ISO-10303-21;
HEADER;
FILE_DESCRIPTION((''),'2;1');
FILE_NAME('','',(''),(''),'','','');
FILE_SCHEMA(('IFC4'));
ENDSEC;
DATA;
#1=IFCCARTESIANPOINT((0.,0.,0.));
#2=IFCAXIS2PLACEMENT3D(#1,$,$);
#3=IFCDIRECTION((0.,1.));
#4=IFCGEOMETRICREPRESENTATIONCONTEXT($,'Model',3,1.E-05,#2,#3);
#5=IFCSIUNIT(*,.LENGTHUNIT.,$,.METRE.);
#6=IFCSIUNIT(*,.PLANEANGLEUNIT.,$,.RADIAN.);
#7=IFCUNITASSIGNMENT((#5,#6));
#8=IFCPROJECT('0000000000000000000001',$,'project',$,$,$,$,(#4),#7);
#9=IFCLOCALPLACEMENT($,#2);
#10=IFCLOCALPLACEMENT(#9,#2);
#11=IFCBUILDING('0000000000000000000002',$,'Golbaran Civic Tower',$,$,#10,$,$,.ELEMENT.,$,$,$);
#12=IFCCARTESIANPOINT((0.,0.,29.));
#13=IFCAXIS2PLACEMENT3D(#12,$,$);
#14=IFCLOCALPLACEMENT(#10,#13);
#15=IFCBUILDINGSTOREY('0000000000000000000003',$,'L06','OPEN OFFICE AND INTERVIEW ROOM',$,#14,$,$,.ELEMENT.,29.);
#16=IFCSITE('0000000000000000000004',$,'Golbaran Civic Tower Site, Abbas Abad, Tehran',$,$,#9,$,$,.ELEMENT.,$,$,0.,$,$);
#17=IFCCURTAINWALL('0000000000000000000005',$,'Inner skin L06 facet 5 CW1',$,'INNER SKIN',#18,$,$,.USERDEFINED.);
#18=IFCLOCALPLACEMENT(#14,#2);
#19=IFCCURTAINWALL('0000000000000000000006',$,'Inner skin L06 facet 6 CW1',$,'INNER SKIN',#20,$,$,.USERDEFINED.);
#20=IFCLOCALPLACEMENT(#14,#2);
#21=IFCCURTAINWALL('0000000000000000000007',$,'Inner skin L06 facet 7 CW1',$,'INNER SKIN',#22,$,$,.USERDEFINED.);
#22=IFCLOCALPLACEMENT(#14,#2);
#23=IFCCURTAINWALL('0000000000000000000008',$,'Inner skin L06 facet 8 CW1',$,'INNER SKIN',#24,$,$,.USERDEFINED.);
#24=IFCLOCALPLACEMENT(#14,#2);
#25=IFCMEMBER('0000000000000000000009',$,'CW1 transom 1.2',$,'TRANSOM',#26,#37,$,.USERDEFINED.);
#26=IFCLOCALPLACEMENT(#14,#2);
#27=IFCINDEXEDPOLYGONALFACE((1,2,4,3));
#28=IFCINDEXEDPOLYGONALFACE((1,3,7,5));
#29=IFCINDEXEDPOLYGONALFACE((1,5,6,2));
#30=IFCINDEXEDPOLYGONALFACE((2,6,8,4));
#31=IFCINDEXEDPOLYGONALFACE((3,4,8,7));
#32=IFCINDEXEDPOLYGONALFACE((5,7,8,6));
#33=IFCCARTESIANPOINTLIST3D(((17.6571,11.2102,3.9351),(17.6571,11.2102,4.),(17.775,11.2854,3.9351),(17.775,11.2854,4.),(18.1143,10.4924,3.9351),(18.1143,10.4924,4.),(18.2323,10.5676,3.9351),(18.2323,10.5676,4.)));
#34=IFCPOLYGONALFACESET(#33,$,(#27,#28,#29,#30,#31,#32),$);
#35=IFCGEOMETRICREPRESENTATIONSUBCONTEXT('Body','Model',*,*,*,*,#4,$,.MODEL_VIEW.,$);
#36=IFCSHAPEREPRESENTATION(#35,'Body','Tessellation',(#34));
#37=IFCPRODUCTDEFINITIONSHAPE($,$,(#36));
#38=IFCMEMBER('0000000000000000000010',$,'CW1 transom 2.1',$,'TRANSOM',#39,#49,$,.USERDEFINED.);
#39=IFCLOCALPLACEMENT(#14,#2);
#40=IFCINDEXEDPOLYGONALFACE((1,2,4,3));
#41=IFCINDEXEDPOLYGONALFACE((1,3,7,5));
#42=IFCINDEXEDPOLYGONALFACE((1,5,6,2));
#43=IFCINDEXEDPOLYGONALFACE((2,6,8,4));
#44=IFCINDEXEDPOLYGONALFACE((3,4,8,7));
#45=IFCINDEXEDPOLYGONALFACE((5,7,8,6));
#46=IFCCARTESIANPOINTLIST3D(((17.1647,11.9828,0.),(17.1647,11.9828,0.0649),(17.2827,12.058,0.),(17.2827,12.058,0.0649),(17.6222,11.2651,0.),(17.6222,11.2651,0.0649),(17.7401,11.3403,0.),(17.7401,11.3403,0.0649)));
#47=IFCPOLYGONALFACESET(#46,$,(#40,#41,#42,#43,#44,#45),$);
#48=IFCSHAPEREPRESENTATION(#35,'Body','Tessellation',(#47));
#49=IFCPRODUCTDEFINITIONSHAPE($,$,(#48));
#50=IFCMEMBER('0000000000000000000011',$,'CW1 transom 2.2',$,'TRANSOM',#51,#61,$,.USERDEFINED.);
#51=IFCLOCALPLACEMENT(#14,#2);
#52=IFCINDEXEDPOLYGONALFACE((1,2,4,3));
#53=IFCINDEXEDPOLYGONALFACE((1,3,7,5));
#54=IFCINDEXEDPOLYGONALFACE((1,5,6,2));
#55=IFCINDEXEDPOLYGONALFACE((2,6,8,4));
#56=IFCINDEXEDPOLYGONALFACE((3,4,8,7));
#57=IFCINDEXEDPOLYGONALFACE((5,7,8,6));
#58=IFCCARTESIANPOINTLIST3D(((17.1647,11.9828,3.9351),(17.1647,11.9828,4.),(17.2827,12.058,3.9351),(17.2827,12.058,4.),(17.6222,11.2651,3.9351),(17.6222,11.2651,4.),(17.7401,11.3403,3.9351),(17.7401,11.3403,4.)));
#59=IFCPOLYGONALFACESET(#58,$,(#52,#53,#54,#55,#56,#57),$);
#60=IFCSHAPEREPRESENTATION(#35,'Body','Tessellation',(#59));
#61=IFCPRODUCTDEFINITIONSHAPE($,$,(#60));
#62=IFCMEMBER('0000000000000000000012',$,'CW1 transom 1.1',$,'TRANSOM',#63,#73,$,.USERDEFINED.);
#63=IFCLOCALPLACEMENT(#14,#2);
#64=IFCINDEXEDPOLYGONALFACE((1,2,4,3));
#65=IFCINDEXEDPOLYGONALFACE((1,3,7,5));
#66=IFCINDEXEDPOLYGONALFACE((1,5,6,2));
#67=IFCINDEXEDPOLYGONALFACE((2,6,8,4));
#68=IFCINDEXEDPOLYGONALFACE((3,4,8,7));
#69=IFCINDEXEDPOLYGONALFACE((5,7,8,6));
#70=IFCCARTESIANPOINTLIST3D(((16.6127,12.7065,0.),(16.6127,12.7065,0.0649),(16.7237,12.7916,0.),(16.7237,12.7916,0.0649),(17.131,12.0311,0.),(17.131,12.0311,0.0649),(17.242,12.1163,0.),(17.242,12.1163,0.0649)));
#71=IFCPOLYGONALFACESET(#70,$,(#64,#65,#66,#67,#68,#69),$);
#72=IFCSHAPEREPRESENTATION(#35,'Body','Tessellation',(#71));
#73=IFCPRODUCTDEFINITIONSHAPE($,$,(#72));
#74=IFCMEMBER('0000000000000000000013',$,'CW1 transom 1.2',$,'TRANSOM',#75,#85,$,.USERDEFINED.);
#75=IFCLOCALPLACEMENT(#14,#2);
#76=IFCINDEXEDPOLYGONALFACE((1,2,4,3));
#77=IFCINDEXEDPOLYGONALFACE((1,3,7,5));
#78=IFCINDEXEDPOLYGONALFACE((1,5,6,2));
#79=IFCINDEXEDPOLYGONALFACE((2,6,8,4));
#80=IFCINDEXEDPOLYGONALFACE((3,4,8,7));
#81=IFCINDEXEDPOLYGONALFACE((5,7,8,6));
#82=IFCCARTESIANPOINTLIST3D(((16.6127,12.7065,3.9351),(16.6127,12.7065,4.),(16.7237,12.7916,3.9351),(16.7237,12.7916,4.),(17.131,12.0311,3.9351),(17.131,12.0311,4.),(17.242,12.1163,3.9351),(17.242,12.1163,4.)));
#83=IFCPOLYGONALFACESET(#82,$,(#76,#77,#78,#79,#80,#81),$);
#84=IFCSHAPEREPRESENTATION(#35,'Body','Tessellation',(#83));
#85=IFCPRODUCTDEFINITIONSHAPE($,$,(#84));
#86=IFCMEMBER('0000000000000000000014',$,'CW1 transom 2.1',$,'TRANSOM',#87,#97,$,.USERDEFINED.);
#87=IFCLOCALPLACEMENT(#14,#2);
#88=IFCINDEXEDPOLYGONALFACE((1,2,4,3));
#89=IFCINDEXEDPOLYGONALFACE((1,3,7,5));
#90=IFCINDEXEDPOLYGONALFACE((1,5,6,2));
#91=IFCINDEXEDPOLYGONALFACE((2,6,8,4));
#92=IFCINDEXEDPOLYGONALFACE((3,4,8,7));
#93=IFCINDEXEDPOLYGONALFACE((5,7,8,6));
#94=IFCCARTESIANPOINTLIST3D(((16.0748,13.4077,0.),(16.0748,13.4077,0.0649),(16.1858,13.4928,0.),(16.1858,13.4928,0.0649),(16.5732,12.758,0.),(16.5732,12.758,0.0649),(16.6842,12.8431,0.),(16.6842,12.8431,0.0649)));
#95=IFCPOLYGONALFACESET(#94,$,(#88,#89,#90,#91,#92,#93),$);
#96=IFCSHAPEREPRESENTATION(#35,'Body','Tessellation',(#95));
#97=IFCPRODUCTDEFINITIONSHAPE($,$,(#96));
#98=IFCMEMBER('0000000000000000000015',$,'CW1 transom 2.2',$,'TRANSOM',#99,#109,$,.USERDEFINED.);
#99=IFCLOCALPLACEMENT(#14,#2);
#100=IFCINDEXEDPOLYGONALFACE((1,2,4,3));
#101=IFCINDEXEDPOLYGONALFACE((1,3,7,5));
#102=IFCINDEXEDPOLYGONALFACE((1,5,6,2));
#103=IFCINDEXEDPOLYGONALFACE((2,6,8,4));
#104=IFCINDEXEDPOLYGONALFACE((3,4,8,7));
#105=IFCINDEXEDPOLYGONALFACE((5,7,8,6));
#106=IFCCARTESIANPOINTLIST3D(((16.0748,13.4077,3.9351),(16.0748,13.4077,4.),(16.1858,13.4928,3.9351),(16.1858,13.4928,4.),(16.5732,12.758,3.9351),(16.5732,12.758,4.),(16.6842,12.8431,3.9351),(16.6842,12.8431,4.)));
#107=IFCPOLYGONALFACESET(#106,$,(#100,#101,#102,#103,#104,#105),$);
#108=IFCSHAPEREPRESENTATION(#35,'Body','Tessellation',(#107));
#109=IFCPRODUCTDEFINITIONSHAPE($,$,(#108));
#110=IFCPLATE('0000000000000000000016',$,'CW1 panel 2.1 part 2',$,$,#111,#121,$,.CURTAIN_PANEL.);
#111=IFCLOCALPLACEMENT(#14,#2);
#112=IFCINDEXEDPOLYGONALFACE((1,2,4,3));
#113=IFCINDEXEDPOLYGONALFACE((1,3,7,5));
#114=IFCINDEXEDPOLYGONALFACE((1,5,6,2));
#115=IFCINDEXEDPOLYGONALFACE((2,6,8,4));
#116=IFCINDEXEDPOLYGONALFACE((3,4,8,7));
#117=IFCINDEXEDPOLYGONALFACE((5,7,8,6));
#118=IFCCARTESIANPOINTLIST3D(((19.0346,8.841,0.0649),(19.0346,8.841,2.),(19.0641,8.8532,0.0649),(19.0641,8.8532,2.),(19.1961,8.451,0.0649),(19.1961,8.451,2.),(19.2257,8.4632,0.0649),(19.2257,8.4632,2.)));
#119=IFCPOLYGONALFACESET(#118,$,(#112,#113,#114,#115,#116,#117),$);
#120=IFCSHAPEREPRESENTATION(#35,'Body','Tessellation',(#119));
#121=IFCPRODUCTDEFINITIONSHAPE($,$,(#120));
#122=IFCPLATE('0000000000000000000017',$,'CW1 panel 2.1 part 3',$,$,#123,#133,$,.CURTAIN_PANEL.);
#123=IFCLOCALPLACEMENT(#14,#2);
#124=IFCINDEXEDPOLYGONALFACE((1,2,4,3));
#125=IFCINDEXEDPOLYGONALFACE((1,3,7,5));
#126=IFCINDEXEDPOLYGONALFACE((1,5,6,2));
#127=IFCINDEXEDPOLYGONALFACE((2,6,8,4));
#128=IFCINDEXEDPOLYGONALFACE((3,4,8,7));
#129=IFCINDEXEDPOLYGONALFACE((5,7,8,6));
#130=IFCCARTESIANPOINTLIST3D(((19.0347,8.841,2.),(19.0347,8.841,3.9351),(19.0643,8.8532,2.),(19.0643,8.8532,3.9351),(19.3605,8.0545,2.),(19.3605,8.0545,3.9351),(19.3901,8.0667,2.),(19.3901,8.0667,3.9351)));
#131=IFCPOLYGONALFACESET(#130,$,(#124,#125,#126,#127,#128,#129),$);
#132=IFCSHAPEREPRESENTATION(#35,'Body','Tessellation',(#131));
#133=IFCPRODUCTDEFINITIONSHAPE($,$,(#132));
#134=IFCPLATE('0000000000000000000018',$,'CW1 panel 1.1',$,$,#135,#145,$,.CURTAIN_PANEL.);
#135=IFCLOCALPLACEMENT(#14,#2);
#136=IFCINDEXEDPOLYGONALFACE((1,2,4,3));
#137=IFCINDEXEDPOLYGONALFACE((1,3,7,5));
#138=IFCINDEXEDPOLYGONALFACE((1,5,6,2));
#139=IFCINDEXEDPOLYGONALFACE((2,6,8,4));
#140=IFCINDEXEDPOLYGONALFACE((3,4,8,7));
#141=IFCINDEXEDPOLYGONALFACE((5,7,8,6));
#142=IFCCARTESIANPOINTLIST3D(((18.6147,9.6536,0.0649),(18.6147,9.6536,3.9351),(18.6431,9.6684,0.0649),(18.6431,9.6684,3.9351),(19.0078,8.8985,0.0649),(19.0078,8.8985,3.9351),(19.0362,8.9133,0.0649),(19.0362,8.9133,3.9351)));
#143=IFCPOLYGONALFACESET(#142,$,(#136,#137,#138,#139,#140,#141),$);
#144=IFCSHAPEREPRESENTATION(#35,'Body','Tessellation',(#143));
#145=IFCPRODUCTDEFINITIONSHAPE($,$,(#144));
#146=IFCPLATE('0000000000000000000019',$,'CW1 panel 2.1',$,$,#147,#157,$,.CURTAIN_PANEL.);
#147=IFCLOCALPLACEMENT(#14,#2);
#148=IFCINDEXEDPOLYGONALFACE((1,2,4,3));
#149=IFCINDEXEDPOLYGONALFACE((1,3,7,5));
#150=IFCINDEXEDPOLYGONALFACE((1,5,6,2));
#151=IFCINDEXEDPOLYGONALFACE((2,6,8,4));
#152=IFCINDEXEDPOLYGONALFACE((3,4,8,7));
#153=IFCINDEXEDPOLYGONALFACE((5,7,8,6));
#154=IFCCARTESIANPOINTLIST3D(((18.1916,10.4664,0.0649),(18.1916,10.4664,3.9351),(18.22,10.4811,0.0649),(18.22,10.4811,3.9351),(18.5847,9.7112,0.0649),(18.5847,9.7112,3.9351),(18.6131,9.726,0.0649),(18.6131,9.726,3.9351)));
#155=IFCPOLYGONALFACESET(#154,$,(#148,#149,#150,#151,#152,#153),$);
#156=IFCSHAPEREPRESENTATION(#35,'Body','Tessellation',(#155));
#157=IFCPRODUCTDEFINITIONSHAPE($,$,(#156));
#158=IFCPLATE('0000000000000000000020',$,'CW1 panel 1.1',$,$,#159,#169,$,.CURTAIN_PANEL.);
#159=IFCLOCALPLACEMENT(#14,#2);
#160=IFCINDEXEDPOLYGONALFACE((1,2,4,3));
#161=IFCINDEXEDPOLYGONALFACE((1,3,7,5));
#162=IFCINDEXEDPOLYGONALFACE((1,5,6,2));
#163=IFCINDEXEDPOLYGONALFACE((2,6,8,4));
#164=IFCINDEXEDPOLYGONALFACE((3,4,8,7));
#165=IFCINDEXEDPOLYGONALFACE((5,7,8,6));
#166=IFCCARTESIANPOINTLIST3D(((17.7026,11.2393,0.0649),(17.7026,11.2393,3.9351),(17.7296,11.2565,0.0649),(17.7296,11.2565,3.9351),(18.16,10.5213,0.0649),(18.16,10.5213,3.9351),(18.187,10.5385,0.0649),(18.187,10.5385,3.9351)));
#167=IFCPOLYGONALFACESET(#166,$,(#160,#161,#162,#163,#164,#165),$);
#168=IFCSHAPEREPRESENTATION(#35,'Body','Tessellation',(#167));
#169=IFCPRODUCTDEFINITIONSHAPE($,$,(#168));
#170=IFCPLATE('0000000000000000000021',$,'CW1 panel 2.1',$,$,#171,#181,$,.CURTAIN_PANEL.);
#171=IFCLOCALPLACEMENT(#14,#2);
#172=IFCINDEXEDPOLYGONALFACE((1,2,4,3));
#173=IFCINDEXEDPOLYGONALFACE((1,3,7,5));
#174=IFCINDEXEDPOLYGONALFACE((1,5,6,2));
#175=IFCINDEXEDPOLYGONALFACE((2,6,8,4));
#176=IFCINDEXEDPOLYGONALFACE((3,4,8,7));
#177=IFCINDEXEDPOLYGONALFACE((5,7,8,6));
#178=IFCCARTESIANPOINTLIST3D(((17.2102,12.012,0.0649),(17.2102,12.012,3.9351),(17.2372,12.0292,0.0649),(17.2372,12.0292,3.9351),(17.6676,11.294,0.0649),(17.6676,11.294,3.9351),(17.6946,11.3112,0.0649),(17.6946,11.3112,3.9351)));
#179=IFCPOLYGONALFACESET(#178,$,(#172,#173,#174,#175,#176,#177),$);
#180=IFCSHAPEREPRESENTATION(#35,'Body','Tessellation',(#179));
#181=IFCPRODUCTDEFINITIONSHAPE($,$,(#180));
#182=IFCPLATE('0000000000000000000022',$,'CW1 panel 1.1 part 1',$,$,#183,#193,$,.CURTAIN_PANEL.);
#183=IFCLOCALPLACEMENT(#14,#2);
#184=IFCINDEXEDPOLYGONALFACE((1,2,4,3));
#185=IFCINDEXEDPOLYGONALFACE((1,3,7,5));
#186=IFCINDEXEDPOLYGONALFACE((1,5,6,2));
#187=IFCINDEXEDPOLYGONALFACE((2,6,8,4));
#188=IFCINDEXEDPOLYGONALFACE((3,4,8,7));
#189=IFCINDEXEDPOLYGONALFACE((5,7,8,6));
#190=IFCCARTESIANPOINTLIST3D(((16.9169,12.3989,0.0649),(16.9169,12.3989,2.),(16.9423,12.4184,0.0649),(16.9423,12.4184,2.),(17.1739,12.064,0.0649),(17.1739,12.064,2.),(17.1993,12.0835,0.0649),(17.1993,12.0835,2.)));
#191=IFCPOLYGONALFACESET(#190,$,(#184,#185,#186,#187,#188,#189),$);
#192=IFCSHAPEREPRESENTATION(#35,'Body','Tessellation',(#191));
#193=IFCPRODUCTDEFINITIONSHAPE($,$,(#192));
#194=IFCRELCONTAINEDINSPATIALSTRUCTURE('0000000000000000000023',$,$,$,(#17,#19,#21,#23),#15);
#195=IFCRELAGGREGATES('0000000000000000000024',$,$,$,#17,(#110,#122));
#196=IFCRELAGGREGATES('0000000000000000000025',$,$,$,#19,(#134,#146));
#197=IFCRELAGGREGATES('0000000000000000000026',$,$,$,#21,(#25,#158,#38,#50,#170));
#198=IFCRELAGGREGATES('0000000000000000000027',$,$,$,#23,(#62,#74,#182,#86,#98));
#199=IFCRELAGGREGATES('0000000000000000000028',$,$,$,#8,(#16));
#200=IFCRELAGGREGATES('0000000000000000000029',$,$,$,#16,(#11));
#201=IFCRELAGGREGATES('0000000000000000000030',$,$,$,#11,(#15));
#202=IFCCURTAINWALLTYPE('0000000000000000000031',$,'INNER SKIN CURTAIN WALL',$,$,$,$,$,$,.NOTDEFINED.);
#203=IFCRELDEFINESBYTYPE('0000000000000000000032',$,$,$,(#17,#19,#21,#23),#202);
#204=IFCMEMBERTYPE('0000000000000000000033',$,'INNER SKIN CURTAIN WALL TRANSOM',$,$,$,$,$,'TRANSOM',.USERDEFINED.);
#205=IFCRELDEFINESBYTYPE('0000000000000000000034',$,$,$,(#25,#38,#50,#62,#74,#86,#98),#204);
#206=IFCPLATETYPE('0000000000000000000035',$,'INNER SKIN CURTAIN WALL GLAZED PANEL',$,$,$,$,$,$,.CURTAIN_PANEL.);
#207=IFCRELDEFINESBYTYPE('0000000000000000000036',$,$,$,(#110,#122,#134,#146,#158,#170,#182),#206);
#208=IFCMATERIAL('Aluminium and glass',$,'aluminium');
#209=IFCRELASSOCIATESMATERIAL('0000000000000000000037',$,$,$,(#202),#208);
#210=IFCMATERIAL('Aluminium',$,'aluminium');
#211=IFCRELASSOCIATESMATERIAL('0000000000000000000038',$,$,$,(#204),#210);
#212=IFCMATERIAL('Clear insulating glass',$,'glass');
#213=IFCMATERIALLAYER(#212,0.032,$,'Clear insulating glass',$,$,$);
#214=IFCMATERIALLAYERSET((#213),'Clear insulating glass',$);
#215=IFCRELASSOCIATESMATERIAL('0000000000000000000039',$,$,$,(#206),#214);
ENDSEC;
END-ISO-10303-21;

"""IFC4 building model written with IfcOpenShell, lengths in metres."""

from ifc_helpers import new_model, si_unit, direction, frame, origin, origin_2d, place, context, subcontext, project, spatial, rectangle, extrude, material, layer, layer_set, material_profile, profile_set, type_object, element, aggregate, save


model = new_model("IFC4")

# Units and contexts
model_context = context("Model", 3, precision=1e-05, world=origin(), true_north=direction((0.0, 1.0)))
body_context = subcontext(model_context, "Body", "Model", "MODEL_VIEW")
ifc_project = project(units=[si_unit("LENGTHUNIT", "METRE"), si_unit("PLANEANGLEUNIT", "RADIAN")], contexts=[model_context])

# Site, building, storey
site_placement = place(None, origin())
site = spatial("IfcSite", under=ifc_project, at=site_placement, Name="Golbaran Civic Tower Site, Abbas Abad, Tehran", CompositionType="ELEMENT", RefElevation=0.0)
building_placement = place(site_placement, origin())
building = spatial("IfcBuilding", under=site, at=building_placement, Name="Golbaran Civic Tower", CompositionType="ELEMENT")
storey_placement = place(building_placement, frame((0.0, 0.0, 29.0)))
storey = spatial("IfcBuildingStorey", under=building, at=storey_placement, Name="L06", Description="OPEN OFFICE AND INTERVIEW ROOM", CompositionType="ELEMENT", Elevation=29.0)

# Curtain wall
ifc_material_1 = material(Name="Aluminium and glass", Category="aluminium")
curtain_wall_type = type_object("IfcCurtainWallType", Name="INNER SKIN CURTAIN WALL", PredefinedType="NOTDEFINED", material=ifc_material_1)
curtain_wall_1_placement = place(storey_placement, origin())
curtain_wall_1 = element("IfcCurtainWall", 1, at=curtain_wall_1_placement, inside=storey, type_object=curtain_wall_type, Name="Inner skin L06 facet 5 CW1", ObjectType="INNER SKIN", PredefinedType="USERDEFINED")
ifc_material_2 = material(Name="Aluminium", Category="aluminium")

# Curtain walls
curtain_wall_2_placement = place(storey_placement, origin())
curtain_wall_2 = element("IfcCurtainWall", 2, at=curtain_wall_2_placement, inside=storey, type_object=curtain_wall_type, Name="Inner skin L06 facet 6 CW1", ObjectType="INNER SKIN", PredefinedType="USERDEFINED")
curtain_wall_3_placement = place(storey_placement, origin())
curtain_wall_3 = element("IfcCurtainWall", 3, at=curtain_wall_3_placement, inside=storey, type_object=curtain_wall_type, Name="Inner skin L06 facet 7 CW1", ObjectType="INNER SKIN", PredefinedType="USERDEFINED")

# Curtain wall
curtain_wall_4_placement = place(storey_placement, origin())
curtain_wall_4 = element("IfcCurtainWall", 4, at=curtain_wall_4_placement, inside=storey, type_object=curtain_wall_type, Name="Inner skin L06 facet 8 CW1", ObjectType="INNER SKIN", PredefinedType="USERDEFINED")

# Members
ifc_material_profile_1 = material_profile(ifc_material_2, rectangle(XDim=0.1399, YDim=0.0649, at=origin_2d()), Name="INNER SKIN CURTAIN WALL TRANSOM")
ifc_profile_set_1 = profile_set([ifc_material_profile_1], Name="Aluminium")
member_type_1 = type_object("IfcMemberType", Name="INNER SKIN CURTAIN WALL TRANSOM", ElementType="TRANSOM", PredefinedType="USERDEFINED", material=ifc_profile_set_1)
member_1_placement = place(storey_placement, frame((18.1733, 10.53, 3.9675), z_axis=(-0.537302, 0.84339, 0.0), x_axis=(-0.84339, -0.537302, 0.0)))
member_1 = element("IfcMember", 5, at=member_1_placement, type_object=member_type_1, Name="CW1 transom 1.2", ObjectType="TRANSOM", PredefinedType="USERDEFINED", context=body_context, shape_type="SweptSolid", body=[
    extrude(rectangle(XDim=0.1399, YDim=0.0649, at=origin_2d()), origin(), (0.0, 0.0, 1.0), 0.8511),
])
member_2_placement = place(storey_placement, frame((17.6812, 11.3027, 0.0325), z_axis=(-0.537506, 0.84326, 0.0), x_axis=(-0.84326, -0.537506, 0.0)))
member_2 = element("IfcMember", 6, at=member_2_placement, type_object=member_type_1, Name="CW1 transom 2.1", ObjectType="TRANSOM", PredefinedType="USERDEFINED", context=body_context, shape_type="SweptSolid", body=[
    extrude(rectangle(XDim=0.1399, YDim=0.0649, at=origin_2d()), origin(), (0.0, 0.0, 1.0), 0.8511),
])
member_3_placement = place(storey_placement, frame((17.6812, 11.3027, 3.9675), z_axis=(-0.537506, 0.84326, 0.0), x_axis=(-0.84326, -0.537506, 0.0)))
member_3 = element("IfcMember", 7, at=member_3_placement, type_object=member_type_1, Name="CW1 transom 2.2", ObjectType="TRANSOM", PredefinedType="USERDEFINED", context=body_context, shape_type="SweptSolid", body=[
    extrude(rectangle(XDim=0.1399, YDim=0.0649, at=origin_2d()), origin(), (0.0, 0.0, 1.0), 0.8511),
])
member_4_placement = place(storey_placement, frame((17.1865, 12.0737, 0.0325), z_axis=(-0.608865, 0.793274, 0.0), x_axis=(-0.793274, -0.608865, 0.0)))
member_4 = element("IfcMember", 8, at=member_4_placement, type_object=member_type_1, Name="CW1 transom 1.1", ObjectType="TRANSOM", PredefinedType="USERDEFINED", context=body_context, shape_type="SweptSolid", body=[
    extrude(rectangle(XDim=0.1399, YDim=0.0649, at=origin_2d()), origin(), (0.0, 0.0, 1.0), 0.8513),
])
member_5_placement = place(storey_placement, frame((17.1865, 12.0737, 3.9675), z_axis=(-0.608865, 0.793274, 0.0), x_axis=(-0.793274, -0.608865, 0.0)))
member_5 = element("IfcMember", 9, at=member_5_placement, type_object=member_type_1, Name="CW1 transom 1.2", ObjectType="TRANSOM", PredefinedType="USERDEFINED", context=body_context, shape_type="SweptSolid", body=[
    extrude(rectangle(XDim=0.1399, YDim=0.0649, at=origin_2d()), origin(), (0.0, 0.0, 1.0), 0.8513),
])
member_6_placement = place(storey_placement, frame((16.6287, 12.8005, 0.0325), z_axis=(-0.608601, 0.793477, 0.0), x_axis=(-0.793477, -0.608601, 0.0)))
member_6 = element("IfcMember", 10, at=member_6_placement, type_object=member_type_1, Name="CW1 transom 2.1", ObjectType="TRANSOM", PredefinedType="USERDEFINED", context=body_context, shape_type="SweptSolid", body=[
    extrude(rectangle(XDim=0.1399, YDim=0.0649, at=origin_2d()), origin(), (0.0, 0.0, 1.0), 0.8188),
])
member_7_placement = place(storey_placement, frame((16.6287, 12.8005, 3.9675), z_axis=(-0.608601, 0.793477, 0.0), x_axis=(-0.793477, -0.608601, 0.0)))
member_7 = element("IfcMember", 11, at=member_7_placement, type_object=member_type_1, Name="CW1 transom 2.2", ObjectType="TRANSOM", PredefinedType="USERDEFINED", context=body_context, shape_type="SweptSolid", body=[
    extrude(rectangle(XDim=0.1399, YDim=0.0649, at=origin_2d()), origin(), (0.0, 0.0, 1.0), 0.8188),
])

# Plates
ifc_material_3 = material(Name="Clear insulating glass", Category="glass")
ifc_layer_1 = layer(ifc_material_3, 0.032, Name="Clear insulating glass")
ifc_layer_set_1 = layer_set([ifc_layer_1], Name="Clear insulating glass")
plate_type_1 = type_object("IfcPlateType", Name="INNER SKIN CURTAIN WALL GLAZED PANEL", PredefinedType="CURTAIN_PANEL", material=ifc_layer_set_1)
plate_1_placement = place(storey_placement, frame((19.1301, 8.6521, 0.0649), z_axis=(0.0, 0.0, 1.0), x_axis=(-0.382683, 0.92388, 0.0)))
plate_1 = element("IfcPlate", 12, at=plate_1_placement, type_object=plate_type_1, Name="CW1 panel 2.1 part 2", PredefinedType="CURTAIN_PANEL", context=body_context, shape_type="SweptSolid", body=[
    extrude(rectangle(XDim=0.4221, YDim=0.032, at=origin_2d()), origin(), (0.0, 0.0, 1.0), 1.9351),
])
plate_2_placement = place(storey_placement, frame((19.2124, 8.4539, 2.0), z_axis=(0.0, 0.0, 1.0), x_axis=(-0.382683, 0.92388, 0.0)))
plate_2 = element("IfcPlate", 13, at=plate_2_placement, type_object=plate_type_1, Name="CW1 panel 2.1 part 3", PredefinedType="CURTAIN_PANEL", context=body_context, shape_type="SweptSolid", body=[
    extrude(rectangle(XDim=0.8513, YDim=0.032, at=origin_2d()), origin(), (0.0, 0.0, 1.0), 1.9351),
])
aggregate(curtain_wall_1, [plate_1, plate_2])
plate_3_placement = place(storey_placement, frame((18.8254, 9.2834, 0.0649), z_axis=(0.0, 0.0, 1.0), x_axis=(-0.461749, 0.887011, 0.0)))
plate_3 = element("IfcPlate", 14, at=plate_3_placement, type_object=plate_type_1, Name="CW1 panel 1.1", PredefinedType="CURTAIN_PANEL", context=body_context, shape_type="SweptSolid", body=[
    extrude(rectangle(XDim=0.8513, YDim=0.032, at=origin_2d()), origin(), (0.0, 0.0, 1.0), 3.8701),
])
plate_4_placement = place(storey_placement, frame((18.4023, 10.0962, 0.0649), z_axis=(0.0, 0.0, 1.0), x_axis=(-0.461749, 0.887011, 0.0)))
plate_4 = element("IfcPlate", 15, at=plate_4_placement, type_object=plate_type_1, Name="CW1 panel 2.1", PredefinedType="CURTAIN_PANEL", context=body_context, shape_type="SweptSolid", body=[
    extrude(rectangle(XDim=0.8513, YDim=0.032, at=origin_2d()), origin(), (0.0, 0.0, 1.0), 3.8701),
])
aggregate(curtain_wall_2, [plate_3, plate_4])
plate_5_placement = place(storey_placement, frame((17.9448, 10.8889, 0.0649), z_axis=(0.0, 0.0, 1.0), x_axis=(-0.5373, 0.843391, 0.0)))
plate_5 = element("IfcPlate", 16, at=plate_5_placement, type_object=plate_type_1, Name="CW1 panel 1.1", PredefinedType="CURTAIN_PANEL", context=body_context, shape_type="SweptSolid", body=[
    extrude(rectangle(XDim=0.8513, YDim=0.032, at=origin_2d()), origin(), (0.0, 0.0, 1.0), 3.8701),
])
plate_6_placement = place(storey_placement, frame((17.4524, 11.6616, 0.0649), z_axis=(0.0, 0.0, 1.0), x_axis=(-0.5373, 0.843391, 0.0)))
plate_6 = element("IfcPlate", 17, at=plate_6_placement, type_object=plate_type_1, Name="CW1 panel 2.1", PredefinedType="CURTAIN_PANEL", context=body_context, shape_type="SweptSolid", body=[
    extrude(rectangle(XDim=0.8513, YDim=0.032, at=origin_2d()), origin(), (0.0, 0.0, 1.0), 3.8701),
])
aggregate(curtain_wall_3, [member_1, plate_5, member_2, member_3, plate_6])
plate_7_placement = place(storey_placement, frame((17.0581, 12.2412, 0.0649), z_axis=(0.0, 0.0, 1.0), x_axis=(-0.608761, 0.793353, 0.0)))
plate_7 = element("IfcPlate", 18, at=plate_7_placement, type_object=plate_type_1, Name="CW1 panel 1.1 part 1", PredefinedType="CURTAIN_PANEL", context=body_context, shape_type="SweptSolid", body=[
    extrude(rectangle(XDim=0.4221, YDim=0.032, at=origin_2d()), origin(), (0.0, 0.0, 1.0), 1.9351),
])
aggregate(curtain_wall_4, [member_4, member_5, plate_7, member_6, member_7])

save(model, "model.ifc")
